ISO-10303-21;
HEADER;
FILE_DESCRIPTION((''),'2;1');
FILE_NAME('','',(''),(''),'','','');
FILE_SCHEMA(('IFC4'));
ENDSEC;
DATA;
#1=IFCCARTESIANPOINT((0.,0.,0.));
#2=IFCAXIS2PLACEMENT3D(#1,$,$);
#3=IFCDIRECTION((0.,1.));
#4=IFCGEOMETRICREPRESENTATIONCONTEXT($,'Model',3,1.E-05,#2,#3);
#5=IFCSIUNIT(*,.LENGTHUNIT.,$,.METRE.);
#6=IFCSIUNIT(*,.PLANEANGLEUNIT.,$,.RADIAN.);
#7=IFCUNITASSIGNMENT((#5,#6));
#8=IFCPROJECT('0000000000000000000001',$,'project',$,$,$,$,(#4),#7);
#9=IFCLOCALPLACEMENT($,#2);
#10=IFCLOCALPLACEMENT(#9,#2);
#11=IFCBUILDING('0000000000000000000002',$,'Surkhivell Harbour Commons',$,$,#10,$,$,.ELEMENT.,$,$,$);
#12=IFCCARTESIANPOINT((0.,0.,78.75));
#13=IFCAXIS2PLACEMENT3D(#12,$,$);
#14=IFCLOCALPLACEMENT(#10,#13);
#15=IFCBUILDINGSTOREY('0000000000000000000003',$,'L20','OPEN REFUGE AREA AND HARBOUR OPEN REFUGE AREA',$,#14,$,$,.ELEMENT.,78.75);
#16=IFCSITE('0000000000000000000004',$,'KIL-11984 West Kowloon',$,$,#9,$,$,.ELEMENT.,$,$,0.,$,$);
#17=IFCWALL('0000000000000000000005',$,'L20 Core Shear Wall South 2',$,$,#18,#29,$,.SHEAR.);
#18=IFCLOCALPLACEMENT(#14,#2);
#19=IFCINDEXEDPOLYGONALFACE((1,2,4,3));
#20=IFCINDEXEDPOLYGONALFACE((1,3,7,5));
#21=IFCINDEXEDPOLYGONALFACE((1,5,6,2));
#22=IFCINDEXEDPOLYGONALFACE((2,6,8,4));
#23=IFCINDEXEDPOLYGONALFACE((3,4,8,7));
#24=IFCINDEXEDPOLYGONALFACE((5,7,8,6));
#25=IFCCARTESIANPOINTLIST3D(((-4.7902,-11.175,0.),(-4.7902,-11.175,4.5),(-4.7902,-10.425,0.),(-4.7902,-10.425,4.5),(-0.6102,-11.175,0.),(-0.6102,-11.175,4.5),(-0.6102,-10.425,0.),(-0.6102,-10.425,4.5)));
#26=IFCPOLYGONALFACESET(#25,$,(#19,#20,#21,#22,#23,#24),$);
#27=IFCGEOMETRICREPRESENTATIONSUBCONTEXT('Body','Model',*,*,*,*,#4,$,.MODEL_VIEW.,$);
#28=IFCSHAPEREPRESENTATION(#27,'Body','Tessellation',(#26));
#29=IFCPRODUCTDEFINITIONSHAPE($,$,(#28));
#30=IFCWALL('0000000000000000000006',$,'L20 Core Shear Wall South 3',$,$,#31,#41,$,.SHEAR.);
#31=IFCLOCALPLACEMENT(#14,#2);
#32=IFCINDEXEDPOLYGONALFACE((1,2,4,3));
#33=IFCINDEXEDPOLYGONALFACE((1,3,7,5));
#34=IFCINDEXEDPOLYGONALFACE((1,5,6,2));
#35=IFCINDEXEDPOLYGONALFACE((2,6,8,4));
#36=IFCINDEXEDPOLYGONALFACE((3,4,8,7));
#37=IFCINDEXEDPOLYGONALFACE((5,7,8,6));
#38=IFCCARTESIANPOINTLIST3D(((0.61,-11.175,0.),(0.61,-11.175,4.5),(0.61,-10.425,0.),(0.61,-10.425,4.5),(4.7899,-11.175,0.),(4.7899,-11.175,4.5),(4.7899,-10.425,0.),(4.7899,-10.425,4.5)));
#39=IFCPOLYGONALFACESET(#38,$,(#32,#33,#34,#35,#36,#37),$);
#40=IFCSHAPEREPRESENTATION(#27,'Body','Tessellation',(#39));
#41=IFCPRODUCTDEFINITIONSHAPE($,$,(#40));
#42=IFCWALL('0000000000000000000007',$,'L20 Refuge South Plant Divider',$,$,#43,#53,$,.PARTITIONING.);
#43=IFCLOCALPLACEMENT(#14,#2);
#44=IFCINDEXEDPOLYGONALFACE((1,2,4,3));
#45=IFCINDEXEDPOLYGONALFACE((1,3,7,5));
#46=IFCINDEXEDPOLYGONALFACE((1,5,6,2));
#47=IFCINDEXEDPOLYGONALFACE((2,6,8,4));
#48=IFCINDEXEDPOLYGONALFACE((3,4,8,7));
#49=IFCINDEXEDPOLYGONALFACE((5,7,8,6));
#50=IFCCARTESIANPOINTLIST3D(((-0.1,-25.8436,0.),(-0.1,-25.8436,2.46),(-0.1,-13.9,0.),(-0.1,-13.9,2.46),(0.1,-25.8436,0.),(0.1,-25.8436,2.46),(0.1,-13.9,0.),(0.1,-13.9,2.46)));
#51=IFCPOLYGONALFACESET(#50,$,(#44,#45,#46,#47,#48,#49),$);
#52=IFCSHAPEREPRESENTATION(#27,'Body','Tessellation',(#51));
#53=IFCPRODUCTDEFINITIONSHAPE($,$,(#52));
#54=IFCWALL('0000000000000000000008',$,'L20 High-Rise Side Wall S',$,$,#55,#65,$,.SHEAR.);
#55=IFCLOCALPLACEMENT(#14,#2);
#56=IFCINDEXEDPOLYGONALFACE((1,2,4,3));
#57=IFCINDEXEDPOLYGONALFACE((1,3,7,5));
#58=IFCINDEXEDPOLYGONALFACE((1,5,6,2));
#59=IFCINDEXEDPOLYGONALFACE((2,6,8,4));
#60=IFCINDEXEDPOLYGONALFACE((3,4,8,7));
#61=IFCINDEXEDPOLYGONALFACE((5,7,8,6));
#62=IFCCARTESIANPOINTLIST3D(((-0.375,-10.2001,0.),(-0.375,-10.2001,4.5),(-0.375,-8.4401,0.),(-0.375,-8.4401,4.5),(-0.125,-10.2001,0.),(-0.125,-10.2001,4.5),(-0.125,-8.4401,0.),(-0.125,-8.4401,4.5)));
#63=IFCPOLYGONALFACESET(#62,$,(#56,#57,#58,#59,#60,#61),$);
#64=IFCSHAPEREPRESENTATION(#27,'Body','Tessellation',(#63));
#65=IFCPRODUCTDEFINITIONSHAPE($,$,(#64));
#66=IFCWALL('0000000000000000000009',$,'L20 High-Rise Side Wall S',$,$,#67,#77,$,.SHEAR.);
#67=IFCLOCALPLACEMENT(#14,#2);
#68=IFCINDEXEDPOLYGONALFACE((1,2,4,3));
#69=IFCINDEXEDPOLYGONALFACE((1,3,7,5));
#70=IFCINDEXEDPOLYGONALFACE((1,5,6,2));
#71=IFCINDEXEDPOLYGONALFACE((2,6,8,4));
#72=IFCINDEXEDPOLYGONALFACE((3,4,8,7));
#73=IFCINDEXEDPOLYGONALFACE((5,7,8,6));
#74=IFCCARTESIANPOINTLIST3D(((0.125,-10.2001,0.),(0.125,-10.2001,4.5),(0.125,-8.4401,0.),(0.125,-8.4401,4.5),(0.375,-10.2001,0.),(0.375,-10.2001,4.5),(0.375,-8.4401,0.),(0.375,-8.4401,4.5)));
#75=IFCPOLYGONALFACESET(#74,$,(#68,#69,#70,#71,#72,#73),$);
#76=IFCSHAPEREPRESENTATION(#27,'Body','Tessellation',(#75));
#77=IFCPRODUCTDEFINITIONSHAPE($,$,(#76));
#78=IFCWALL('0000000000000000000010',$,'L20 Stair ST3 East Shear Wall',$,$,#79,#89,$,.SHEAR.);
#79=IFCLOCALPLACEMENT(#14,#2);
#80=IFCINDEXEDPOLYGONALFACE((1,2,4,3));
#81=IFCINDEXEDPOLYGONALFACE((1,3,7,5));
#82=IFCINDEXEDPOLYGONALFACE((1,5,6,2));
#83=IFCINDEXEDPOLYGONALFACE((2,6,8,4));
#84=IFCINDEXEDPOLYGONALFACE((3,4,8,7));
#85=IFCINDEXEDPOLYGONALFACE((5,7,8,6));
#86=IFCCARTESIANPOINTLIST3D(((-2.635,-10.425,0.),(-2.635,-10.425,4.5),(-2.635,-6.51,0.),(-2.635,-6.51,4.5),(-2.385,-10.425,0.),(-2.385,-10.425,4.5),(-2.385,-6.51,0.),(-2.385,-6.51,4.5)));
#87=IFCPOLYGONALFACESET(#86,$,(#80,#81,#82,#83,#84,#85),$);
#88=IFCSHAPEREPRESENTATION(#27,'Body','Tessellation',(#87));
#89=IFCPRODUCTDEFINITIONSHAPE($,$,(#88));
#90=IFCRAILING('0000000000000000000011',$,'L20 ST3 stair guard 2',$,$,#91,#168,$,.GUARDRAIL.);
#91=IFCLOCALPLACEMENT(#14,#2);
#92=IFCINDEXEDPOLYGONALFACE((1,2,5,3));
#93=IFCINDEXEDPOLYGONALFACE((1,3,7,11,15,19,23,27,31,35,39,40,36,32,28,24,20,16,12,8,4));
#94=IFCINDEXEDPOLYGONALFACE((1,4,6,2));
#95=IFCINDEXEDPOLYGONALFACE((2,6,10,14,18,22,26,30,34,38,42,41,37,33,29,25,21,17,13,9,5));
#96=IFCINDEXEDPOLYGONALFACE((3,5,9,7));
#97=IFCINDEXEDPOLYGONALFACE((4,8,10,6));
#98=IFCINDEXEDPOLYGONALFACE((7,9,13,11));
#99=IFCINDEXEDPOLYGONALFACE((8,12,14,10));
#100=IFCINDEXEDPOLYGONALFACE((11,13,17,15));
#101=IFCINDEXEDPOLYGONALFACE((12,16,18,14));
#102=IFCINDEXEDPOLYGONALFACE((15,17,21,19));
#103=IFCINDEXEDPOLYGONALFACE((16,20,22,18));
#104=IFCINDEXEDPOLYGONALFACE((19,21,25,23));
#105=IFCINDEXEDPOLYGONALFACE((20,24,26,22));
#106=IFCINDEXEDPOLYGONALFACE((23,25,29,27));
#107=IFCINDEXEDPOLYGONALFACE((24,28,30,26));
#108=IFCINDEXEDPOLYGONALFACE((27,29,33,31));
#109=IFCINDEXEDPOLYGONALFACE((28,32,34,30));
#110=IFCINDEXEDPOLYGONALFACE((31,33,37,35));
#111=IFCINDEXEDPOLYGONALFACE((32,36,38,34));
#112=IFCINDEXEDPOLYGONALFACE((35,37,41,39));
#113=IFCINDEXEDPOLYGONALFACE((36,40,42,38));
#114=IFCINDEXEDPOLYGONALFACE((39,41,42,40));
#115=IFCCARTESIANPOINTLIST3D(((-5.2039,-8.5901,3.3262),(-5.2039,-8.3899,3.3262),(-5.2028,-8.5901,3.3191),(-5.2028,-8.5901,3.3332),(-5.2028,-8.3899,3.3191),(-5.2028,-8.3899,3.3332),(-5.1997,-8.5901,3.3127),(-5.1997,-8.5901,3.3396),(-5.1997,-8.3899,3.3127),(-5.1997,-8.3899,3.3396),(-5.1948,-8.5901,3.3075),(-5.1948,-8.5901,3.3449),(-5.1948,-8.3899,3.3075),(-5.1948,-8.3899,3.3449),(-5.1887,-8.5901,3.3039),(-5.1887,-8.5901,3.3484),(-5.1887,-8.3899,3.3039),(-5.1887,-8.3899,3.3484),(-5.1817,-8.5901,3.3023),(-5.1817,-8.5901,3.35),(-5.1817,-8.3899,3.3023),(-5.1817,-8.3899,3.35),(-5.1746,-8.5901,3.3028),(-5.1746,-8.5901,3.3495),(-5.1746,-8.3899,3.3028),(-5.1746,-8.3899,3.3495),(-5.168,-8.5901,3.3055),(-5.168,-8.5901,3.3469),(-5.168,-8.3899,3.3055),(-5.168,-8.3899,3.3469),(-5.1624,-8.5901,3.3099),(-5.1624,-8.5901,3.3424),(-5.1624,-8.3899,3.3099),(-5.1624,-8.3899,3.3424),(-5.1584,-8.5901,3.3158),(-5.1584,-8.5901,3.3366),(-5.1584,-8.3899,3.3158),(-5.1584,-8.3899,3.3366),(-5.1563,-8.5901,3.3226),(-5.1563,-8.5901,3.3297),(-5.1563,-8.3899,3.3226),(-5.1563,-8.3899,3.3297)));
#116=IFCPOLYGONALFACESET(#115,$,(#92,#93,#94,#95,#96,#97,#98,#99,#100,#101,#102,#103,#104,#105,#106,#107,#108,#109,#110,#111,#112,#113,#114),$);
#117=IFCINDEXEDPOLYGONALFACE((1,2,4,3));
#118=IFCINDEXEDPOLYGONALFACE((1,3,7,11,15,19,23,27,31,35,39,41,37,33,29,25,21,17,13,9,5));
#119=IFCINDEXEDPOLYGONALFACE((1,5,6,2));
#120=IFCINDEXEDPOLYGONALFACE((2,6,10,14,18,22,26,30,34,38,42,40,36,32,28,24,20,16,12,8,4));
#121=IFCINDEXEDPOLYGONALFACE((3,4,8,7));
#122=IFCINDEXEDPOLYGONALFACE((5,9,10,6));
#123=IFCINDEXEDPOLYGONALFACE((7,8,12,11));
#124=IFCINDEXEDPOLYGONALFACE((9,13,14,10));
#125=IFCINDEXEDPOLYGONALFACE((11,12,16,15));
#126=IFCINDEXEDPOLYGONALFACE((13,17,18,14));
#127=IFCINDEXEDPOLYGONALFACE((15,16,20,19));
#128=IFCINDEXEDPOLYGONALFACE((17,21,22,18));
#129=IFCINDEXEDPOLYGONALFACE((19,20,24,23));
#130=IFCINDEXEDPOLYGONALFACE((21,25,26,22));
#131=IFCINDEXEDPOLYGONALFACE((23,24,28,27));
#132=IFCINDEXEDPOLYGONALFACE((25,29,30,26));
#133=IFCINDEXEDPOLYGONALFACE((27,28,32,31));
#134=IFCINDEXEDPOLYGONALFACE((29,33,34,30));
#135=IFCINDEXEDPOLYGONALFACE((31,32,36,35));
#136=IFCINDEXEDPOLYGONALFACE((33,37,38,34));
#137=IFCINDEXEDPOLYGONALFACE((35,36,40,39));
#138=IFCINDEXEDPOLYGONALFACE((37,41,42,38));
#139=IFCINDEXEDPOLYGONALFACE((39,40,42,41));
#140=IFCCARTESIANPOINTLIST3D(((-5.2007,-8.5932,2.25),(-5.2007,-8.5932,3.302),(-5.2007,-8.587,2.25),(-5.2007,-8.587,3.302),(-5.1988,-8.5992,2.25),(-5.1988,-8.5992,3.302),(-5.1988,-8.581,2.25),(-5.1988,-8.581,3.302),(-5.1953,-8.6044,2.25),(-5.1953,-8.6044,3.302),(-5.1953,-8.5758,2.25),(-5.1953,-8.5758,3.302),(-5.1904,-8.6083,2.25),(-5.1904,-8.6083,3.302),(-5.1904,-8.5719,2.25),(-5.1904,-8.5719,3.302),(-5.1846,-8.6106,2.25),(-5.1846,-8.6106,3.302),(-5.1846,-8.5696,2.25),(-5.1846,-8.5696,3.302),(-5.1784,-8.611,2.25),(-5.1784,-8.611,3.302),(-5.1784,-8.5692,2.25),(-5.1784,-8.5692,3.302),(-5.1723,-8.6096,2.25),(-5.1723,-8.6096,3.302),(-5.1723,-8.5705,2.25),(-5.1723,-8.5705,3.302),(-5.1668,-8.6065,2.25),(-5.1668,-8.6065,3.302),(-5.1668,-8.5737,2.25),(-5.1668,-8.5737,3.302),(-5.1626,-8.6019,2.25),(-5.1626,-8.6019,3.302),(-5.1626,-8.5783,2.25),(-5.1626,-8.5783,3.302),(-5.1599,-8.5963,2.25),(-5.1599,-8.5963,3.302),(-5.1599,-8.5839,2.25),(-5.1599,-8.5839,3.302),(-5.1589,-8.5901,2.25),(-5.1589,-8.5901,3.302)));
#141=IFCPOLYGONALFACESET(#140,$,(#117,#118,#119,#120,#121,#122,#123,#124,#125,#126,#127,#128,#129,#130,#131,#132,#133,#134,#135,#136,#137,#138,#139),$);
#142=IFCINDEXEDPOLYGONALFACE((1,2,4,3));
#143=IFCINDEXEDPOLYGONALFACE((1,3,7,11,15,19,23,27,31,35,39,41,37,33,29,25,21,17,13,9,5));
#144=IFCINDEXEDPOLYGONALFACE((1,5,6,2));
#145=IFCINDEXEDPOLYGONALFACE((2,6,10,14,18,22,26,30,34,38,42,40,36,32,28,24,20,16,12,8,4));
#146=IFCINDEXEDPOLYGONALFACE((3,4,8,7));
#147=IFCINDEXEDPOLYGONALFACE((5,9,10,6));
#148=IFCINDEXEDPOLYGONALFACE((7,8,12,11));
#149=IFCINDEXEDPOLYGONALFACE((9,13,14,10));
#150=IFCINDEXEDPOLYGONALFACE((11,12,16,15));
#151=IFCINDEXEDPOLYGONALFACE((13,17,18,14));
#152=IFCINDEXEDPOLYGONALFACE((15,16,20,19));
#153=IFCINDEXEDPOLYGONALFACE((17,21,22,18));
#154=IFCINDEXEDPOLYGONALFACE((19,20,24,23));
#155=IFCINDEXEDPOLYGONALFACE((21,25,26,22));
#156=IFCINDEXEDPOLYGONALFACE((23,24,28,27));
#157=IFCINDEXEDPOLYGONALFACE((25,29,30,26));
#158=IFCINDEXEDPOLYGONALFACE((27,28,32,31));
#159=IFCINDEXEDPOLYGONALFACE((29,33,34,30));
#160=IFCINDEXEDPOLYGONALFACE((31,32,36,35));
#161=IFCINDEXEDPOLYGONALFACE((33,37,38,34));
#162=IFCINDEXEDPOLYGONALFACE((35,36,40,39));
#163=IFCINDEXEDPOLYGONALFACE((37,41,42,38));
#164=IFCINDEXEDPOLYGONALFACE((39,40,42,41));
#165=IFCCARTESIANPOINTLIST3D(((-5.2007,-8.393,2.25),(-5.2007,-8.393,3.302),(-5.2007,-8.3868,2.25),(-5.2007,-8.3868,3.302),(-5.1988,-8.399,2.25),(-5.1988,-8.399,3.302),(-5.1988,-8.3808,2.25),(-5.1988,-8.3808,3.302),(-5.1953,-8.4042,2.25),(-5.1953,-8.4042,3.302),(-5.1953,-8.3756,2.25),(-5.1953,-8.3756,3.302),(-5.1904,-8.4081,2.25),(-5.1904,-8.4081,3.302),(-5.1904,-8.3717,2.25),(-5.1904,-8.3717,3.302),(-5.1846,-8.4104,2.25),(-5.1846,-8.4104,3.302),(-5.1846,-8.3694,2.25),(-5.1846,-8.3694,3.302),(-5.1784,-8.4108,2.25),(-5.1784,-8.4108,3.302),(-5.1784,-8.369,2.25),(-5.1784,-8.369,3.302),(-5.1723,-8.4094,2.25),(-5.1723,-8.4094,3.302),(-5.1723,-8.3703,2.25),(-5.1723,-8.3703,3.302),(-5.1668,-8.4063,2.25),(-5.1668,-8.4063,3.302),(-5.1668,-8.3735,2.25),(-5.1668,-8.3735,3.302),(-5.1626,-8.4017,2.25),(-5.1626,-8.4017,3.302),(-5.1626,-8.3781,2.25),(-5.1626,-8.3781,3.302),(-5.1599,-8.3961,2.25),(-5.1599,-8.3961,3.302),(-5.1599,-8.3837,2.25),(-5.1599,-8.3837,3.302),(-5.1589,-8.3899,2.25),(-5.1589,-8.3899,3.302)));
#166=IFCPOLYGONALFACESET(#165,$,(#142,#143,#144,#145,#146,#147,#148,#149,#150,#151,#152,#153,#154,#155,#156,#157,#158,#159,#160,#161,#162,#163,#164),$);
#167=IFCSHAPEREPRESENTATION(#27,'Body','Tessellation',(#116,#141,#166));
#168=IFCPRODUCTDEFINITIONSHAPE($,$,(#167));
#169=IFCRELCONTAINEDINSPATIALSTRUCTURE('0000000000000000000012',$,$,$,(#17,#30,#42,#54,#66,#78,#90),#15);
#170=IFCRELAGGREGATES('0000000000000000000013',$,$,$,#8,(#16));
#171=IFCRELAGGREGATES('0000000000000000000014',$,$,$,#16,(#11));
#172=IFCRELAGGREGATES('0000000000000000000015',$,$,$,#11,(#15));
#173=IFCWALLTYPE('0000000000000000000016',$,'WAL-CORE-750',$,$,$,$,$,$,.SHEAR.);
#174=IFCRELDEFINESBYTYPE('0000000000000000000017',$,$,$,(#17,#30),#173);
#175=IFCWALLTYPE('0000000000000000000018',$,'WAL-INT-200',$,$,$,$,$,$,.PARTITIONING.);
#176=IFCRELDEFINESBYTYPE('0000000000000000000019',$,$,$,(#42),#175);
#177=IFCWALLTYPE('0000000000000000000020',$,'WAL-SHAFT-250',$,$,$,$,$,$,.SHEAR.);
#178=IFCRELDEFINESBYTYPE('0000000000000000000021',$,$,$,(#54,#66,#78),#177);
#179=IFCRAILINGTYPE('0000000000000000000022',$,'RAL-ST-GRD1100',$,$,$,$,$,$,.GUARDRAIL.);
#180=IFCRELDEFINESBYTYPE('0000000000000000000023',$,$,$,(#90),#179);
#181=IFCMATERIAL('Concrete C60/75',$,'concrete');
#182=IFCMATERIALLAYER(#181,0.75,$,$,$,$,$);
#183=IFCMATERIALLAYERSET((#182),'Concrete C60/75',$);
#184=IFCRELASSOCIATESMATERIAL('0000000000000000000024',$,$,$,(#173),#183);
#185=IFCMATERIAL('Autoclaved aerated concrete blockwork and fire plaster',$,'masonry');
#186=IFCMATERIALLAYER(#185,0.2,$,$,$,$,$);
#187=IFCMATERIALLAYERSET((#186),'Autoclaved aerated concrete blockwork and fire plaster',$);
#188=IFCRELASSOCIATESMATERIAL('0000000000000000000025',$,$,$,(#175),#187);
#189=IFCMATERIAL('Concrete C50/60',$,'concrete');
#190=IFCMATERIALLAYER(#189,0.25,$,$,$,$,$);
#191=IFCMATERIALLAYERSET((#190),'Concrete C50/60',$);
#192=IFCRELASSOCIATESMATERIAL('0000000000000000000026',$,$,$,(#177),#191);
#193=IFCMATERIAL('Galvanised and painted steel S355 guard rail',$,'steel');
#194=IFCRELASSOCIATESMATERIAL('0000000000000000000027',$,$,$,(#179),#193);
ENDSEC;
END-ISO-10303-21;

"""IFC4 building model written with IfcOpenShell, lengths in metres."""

from ifc_helpers import new_model, si_unit, direction, frame, frame_2d, origin, origin_2d, place, context, subcontext, project, spatial, rectangle, circle, extrude, material, layer, layer_set, type_object, element, save


model = new_model("IFC4")

# Units and contexts
model_context = context("Model", 3, precision=1e-05, world=origin(), true_north=direction((0.0, 1.0)))
body_context = subcontext(model_context, "Body", "Model", "MODEL_VIEW")
ifc_project = project(units=[si_unit("LENGTHUNIT", "METRE"), si_unit("PLANEANGLEUNIT", "RADIAN")], contexts=[model_context])

# Site, building, storey
site_placement = place(None, origin())
site = spatial("IfcSite", under=ifc_project, at=site_placement, Name="KIL-11984 West Kowloon", CompositionType="ELEMENT", RefElevation=0.0)
building_placement = place(site_placement, origin())
building = spatial("IfcBuilding", under=site, at=building_placement, Name="Surkhivell Harbour Commons", CompositionType="ELEMENT")
storey_placement = place(building_placement, frame((0.0, 0.0, 78.75)))
storey = spatial("IfcBuildingStorey", under=building, at=storey_placement, Name="L20", Description="OPEN REFUGE AREA AND HARBOUR OPEN REFUGE AREA", CompositionType="ELEMENT", Elevation=78.75)

# Walls
ifc_material_1 = material(Name="Concrete C60/75", Category="concrete")
ifc_layer_1 = layer(ifc_material_1, 0.75)
ifc_layer_set_1 = layer_set([ifc_layer_1], Name="Concrete C60/75")
wall_type_1 = type_object("IfcWallType", Name="WAL-CORE-750", PredefinedType="SHEAR", material=ifc_layer_set_1)
for number, where, z_axis, x_axis, name in (
    (1, (-4.79, -10.8, 0.0), (0.0, 0.0, 1.0), (1.0, 0.0, 0.0), "L20 Core Shear Wall South 2"),
    (2, (0.6101, -10.8, 0.0), (0.0, 0.0, 1.0), (1.0, 0.0, 0.0), "L20 Core Shear Wall South 3"),
):
    element("IfcWall", number, at=place(storey_placement, frame(where, z_axis=z_axis, x_axis=x_axis)), inside=storey, type_object=wall_type_1, Name=name, PredefinedType="SHEAR", context=body_context, shape_type="SweptSolid", body=[
        extrude(rectangle(XDim=4.1799, YDim=0.75, at=frame_2d((2.0898, 0.0))), origin(), (0.0, 0.0, 1.0), 4.5),
    ])
ifc_material_2 = material(Name="Autoclaved aerated concrete blockwork and fire plaster", Category="masonry")
ifc_layer_2 = layer(ifc_material_2, 0.2)
ifc_layer_set_2 = layer_set([ifc_layer_2], Name="Autoclaved aerated concrete blockwork and fire plaster")
wall_type_2 = type_object("IfcWallType", Name="WAL-INT-200", PredefinedType="PARTITIONING", material=ifc_layer_set_2)
wall_1_placement = place(storey_placement, frame((0.0, -25.8435, 0.0), z_axis=(0.0, 0.0, 1.0), x_axis=(0.0, 1.0, 0.0)))
element("IfcWall", 3, at=wall_1_placement, inside=storey, type_object=wall_type_2, Name="L20 Refuge South Plant Divider", PredefinedType="PARTITIONING", context=body_context, shape_type="SweptSolid", body=[
    extrude(rectangle(XDim=11.9436, YDim=0.2, at=frame_2d((5.9717, 0.0))), origin(), (0.0, 0.0, 1.0), 2.46),
])
ifc_material_3 = material(Name="Concrete C50/60", Category="concrete")
ifc_layer_3 = layer(ifc_material_3, 0.25)
ifc_layer_set_3 = layer_set([ifc_layer_3], Name="Concrete C50/60")
wall_type_3 = type_object("IfcWallType", Name="WAL-SHAFT-250", PredefinedType="SHEAR", material=ifc_layer_set_3)
for number, where, z_axis, x_axis, name in (
    (4, (-0.25, -10.2, 0.0), (0.0, 0.0, 1.0), (0.0, 1.0, 0.0), "L20 High-Rise Side Wall S"),
    (5, (0.25, -10.2, 0.0), (0.0, 0.0, 1.0), (0.0, 1.0, 0.0), "L20 High-Rise Side Wall S"),
):
    element("IfcWall", number, at=place(storey_placement, frame(where, z_axis=z_axis, x_axis=x_axis)), inside=storey, type_object=wall_type_3, Name=name, PredefinedType="SHEAR", context=body_context, shape_type="SweptSolid", body=[
        extrude(rectangle(XDim=1.76, YDim=0.25, at=frame_2d((0.8799, 0.0))), origin(), (0.0, 0.0, 1.0), 4.5),
    ])
wall_2_placement = place(storey_placement, frame((-2.51, -10.425, 0.0), z_axis=(0.0, 0.0, 1.0), x_axis=(0.0, 1.0, 0.0)))
element("IfcWall", 6, at=wall_2_placement, inside=storey, type_object=wall_type_3, Name="L20 Stair ST3 East Shear Wall", PredefinedType="SHEAR", context=body_context, shape_type="SweptSolid", body=[
    extrude(rectangle(XDim=3.915, YDim=0.25, at=frame_2d((1.9575, 0.0))), origin(), (0.0, 0.0, 1.0), 4.5),
])

# Railing
ifc_material_4 = material(Name="Galvanised and painted steel S355 guard rail", Category="steel")
railing_type_1 = type_object("IfcRailingType", Name="RAL-ST-GRD1100", PredefinedType="GUARDRAIL", material=ifc_material_4)
railing_1_placement = place(storey_placement, frame((-5.1799, -8.5901, 2.25)))
element("IfcRailing", 7, at=railing_1_placement, inside=storey, type_object=railing_type_1, Name="L20 ST3 stair guard 2", PredefinedType="GUARDRAIL", context=body_context, shape_type="SweptSolid", body=[
    extrude(circle(Radius=0.0239, at=origin_2d()), frame((0.0, 0.0, 1.0762), z_axis=(0.0, 1.0, 0.0), x_axis=(-1.0, 0.0, 0.0)), (0.0, 0.0, 1.0), 0.2002),
    extrude(circle(Radius=0.021, at=origin_2d()), origin(), (0.0, 0.0, 1.0), 1.052),
    extrude(circle(Radius=0.021, at=origin_2d()), frame((0.0, 0.2002, 0.0)), (0.0, 0.0, 1.0), 1.052),
])

save(model, "model.ifc")
